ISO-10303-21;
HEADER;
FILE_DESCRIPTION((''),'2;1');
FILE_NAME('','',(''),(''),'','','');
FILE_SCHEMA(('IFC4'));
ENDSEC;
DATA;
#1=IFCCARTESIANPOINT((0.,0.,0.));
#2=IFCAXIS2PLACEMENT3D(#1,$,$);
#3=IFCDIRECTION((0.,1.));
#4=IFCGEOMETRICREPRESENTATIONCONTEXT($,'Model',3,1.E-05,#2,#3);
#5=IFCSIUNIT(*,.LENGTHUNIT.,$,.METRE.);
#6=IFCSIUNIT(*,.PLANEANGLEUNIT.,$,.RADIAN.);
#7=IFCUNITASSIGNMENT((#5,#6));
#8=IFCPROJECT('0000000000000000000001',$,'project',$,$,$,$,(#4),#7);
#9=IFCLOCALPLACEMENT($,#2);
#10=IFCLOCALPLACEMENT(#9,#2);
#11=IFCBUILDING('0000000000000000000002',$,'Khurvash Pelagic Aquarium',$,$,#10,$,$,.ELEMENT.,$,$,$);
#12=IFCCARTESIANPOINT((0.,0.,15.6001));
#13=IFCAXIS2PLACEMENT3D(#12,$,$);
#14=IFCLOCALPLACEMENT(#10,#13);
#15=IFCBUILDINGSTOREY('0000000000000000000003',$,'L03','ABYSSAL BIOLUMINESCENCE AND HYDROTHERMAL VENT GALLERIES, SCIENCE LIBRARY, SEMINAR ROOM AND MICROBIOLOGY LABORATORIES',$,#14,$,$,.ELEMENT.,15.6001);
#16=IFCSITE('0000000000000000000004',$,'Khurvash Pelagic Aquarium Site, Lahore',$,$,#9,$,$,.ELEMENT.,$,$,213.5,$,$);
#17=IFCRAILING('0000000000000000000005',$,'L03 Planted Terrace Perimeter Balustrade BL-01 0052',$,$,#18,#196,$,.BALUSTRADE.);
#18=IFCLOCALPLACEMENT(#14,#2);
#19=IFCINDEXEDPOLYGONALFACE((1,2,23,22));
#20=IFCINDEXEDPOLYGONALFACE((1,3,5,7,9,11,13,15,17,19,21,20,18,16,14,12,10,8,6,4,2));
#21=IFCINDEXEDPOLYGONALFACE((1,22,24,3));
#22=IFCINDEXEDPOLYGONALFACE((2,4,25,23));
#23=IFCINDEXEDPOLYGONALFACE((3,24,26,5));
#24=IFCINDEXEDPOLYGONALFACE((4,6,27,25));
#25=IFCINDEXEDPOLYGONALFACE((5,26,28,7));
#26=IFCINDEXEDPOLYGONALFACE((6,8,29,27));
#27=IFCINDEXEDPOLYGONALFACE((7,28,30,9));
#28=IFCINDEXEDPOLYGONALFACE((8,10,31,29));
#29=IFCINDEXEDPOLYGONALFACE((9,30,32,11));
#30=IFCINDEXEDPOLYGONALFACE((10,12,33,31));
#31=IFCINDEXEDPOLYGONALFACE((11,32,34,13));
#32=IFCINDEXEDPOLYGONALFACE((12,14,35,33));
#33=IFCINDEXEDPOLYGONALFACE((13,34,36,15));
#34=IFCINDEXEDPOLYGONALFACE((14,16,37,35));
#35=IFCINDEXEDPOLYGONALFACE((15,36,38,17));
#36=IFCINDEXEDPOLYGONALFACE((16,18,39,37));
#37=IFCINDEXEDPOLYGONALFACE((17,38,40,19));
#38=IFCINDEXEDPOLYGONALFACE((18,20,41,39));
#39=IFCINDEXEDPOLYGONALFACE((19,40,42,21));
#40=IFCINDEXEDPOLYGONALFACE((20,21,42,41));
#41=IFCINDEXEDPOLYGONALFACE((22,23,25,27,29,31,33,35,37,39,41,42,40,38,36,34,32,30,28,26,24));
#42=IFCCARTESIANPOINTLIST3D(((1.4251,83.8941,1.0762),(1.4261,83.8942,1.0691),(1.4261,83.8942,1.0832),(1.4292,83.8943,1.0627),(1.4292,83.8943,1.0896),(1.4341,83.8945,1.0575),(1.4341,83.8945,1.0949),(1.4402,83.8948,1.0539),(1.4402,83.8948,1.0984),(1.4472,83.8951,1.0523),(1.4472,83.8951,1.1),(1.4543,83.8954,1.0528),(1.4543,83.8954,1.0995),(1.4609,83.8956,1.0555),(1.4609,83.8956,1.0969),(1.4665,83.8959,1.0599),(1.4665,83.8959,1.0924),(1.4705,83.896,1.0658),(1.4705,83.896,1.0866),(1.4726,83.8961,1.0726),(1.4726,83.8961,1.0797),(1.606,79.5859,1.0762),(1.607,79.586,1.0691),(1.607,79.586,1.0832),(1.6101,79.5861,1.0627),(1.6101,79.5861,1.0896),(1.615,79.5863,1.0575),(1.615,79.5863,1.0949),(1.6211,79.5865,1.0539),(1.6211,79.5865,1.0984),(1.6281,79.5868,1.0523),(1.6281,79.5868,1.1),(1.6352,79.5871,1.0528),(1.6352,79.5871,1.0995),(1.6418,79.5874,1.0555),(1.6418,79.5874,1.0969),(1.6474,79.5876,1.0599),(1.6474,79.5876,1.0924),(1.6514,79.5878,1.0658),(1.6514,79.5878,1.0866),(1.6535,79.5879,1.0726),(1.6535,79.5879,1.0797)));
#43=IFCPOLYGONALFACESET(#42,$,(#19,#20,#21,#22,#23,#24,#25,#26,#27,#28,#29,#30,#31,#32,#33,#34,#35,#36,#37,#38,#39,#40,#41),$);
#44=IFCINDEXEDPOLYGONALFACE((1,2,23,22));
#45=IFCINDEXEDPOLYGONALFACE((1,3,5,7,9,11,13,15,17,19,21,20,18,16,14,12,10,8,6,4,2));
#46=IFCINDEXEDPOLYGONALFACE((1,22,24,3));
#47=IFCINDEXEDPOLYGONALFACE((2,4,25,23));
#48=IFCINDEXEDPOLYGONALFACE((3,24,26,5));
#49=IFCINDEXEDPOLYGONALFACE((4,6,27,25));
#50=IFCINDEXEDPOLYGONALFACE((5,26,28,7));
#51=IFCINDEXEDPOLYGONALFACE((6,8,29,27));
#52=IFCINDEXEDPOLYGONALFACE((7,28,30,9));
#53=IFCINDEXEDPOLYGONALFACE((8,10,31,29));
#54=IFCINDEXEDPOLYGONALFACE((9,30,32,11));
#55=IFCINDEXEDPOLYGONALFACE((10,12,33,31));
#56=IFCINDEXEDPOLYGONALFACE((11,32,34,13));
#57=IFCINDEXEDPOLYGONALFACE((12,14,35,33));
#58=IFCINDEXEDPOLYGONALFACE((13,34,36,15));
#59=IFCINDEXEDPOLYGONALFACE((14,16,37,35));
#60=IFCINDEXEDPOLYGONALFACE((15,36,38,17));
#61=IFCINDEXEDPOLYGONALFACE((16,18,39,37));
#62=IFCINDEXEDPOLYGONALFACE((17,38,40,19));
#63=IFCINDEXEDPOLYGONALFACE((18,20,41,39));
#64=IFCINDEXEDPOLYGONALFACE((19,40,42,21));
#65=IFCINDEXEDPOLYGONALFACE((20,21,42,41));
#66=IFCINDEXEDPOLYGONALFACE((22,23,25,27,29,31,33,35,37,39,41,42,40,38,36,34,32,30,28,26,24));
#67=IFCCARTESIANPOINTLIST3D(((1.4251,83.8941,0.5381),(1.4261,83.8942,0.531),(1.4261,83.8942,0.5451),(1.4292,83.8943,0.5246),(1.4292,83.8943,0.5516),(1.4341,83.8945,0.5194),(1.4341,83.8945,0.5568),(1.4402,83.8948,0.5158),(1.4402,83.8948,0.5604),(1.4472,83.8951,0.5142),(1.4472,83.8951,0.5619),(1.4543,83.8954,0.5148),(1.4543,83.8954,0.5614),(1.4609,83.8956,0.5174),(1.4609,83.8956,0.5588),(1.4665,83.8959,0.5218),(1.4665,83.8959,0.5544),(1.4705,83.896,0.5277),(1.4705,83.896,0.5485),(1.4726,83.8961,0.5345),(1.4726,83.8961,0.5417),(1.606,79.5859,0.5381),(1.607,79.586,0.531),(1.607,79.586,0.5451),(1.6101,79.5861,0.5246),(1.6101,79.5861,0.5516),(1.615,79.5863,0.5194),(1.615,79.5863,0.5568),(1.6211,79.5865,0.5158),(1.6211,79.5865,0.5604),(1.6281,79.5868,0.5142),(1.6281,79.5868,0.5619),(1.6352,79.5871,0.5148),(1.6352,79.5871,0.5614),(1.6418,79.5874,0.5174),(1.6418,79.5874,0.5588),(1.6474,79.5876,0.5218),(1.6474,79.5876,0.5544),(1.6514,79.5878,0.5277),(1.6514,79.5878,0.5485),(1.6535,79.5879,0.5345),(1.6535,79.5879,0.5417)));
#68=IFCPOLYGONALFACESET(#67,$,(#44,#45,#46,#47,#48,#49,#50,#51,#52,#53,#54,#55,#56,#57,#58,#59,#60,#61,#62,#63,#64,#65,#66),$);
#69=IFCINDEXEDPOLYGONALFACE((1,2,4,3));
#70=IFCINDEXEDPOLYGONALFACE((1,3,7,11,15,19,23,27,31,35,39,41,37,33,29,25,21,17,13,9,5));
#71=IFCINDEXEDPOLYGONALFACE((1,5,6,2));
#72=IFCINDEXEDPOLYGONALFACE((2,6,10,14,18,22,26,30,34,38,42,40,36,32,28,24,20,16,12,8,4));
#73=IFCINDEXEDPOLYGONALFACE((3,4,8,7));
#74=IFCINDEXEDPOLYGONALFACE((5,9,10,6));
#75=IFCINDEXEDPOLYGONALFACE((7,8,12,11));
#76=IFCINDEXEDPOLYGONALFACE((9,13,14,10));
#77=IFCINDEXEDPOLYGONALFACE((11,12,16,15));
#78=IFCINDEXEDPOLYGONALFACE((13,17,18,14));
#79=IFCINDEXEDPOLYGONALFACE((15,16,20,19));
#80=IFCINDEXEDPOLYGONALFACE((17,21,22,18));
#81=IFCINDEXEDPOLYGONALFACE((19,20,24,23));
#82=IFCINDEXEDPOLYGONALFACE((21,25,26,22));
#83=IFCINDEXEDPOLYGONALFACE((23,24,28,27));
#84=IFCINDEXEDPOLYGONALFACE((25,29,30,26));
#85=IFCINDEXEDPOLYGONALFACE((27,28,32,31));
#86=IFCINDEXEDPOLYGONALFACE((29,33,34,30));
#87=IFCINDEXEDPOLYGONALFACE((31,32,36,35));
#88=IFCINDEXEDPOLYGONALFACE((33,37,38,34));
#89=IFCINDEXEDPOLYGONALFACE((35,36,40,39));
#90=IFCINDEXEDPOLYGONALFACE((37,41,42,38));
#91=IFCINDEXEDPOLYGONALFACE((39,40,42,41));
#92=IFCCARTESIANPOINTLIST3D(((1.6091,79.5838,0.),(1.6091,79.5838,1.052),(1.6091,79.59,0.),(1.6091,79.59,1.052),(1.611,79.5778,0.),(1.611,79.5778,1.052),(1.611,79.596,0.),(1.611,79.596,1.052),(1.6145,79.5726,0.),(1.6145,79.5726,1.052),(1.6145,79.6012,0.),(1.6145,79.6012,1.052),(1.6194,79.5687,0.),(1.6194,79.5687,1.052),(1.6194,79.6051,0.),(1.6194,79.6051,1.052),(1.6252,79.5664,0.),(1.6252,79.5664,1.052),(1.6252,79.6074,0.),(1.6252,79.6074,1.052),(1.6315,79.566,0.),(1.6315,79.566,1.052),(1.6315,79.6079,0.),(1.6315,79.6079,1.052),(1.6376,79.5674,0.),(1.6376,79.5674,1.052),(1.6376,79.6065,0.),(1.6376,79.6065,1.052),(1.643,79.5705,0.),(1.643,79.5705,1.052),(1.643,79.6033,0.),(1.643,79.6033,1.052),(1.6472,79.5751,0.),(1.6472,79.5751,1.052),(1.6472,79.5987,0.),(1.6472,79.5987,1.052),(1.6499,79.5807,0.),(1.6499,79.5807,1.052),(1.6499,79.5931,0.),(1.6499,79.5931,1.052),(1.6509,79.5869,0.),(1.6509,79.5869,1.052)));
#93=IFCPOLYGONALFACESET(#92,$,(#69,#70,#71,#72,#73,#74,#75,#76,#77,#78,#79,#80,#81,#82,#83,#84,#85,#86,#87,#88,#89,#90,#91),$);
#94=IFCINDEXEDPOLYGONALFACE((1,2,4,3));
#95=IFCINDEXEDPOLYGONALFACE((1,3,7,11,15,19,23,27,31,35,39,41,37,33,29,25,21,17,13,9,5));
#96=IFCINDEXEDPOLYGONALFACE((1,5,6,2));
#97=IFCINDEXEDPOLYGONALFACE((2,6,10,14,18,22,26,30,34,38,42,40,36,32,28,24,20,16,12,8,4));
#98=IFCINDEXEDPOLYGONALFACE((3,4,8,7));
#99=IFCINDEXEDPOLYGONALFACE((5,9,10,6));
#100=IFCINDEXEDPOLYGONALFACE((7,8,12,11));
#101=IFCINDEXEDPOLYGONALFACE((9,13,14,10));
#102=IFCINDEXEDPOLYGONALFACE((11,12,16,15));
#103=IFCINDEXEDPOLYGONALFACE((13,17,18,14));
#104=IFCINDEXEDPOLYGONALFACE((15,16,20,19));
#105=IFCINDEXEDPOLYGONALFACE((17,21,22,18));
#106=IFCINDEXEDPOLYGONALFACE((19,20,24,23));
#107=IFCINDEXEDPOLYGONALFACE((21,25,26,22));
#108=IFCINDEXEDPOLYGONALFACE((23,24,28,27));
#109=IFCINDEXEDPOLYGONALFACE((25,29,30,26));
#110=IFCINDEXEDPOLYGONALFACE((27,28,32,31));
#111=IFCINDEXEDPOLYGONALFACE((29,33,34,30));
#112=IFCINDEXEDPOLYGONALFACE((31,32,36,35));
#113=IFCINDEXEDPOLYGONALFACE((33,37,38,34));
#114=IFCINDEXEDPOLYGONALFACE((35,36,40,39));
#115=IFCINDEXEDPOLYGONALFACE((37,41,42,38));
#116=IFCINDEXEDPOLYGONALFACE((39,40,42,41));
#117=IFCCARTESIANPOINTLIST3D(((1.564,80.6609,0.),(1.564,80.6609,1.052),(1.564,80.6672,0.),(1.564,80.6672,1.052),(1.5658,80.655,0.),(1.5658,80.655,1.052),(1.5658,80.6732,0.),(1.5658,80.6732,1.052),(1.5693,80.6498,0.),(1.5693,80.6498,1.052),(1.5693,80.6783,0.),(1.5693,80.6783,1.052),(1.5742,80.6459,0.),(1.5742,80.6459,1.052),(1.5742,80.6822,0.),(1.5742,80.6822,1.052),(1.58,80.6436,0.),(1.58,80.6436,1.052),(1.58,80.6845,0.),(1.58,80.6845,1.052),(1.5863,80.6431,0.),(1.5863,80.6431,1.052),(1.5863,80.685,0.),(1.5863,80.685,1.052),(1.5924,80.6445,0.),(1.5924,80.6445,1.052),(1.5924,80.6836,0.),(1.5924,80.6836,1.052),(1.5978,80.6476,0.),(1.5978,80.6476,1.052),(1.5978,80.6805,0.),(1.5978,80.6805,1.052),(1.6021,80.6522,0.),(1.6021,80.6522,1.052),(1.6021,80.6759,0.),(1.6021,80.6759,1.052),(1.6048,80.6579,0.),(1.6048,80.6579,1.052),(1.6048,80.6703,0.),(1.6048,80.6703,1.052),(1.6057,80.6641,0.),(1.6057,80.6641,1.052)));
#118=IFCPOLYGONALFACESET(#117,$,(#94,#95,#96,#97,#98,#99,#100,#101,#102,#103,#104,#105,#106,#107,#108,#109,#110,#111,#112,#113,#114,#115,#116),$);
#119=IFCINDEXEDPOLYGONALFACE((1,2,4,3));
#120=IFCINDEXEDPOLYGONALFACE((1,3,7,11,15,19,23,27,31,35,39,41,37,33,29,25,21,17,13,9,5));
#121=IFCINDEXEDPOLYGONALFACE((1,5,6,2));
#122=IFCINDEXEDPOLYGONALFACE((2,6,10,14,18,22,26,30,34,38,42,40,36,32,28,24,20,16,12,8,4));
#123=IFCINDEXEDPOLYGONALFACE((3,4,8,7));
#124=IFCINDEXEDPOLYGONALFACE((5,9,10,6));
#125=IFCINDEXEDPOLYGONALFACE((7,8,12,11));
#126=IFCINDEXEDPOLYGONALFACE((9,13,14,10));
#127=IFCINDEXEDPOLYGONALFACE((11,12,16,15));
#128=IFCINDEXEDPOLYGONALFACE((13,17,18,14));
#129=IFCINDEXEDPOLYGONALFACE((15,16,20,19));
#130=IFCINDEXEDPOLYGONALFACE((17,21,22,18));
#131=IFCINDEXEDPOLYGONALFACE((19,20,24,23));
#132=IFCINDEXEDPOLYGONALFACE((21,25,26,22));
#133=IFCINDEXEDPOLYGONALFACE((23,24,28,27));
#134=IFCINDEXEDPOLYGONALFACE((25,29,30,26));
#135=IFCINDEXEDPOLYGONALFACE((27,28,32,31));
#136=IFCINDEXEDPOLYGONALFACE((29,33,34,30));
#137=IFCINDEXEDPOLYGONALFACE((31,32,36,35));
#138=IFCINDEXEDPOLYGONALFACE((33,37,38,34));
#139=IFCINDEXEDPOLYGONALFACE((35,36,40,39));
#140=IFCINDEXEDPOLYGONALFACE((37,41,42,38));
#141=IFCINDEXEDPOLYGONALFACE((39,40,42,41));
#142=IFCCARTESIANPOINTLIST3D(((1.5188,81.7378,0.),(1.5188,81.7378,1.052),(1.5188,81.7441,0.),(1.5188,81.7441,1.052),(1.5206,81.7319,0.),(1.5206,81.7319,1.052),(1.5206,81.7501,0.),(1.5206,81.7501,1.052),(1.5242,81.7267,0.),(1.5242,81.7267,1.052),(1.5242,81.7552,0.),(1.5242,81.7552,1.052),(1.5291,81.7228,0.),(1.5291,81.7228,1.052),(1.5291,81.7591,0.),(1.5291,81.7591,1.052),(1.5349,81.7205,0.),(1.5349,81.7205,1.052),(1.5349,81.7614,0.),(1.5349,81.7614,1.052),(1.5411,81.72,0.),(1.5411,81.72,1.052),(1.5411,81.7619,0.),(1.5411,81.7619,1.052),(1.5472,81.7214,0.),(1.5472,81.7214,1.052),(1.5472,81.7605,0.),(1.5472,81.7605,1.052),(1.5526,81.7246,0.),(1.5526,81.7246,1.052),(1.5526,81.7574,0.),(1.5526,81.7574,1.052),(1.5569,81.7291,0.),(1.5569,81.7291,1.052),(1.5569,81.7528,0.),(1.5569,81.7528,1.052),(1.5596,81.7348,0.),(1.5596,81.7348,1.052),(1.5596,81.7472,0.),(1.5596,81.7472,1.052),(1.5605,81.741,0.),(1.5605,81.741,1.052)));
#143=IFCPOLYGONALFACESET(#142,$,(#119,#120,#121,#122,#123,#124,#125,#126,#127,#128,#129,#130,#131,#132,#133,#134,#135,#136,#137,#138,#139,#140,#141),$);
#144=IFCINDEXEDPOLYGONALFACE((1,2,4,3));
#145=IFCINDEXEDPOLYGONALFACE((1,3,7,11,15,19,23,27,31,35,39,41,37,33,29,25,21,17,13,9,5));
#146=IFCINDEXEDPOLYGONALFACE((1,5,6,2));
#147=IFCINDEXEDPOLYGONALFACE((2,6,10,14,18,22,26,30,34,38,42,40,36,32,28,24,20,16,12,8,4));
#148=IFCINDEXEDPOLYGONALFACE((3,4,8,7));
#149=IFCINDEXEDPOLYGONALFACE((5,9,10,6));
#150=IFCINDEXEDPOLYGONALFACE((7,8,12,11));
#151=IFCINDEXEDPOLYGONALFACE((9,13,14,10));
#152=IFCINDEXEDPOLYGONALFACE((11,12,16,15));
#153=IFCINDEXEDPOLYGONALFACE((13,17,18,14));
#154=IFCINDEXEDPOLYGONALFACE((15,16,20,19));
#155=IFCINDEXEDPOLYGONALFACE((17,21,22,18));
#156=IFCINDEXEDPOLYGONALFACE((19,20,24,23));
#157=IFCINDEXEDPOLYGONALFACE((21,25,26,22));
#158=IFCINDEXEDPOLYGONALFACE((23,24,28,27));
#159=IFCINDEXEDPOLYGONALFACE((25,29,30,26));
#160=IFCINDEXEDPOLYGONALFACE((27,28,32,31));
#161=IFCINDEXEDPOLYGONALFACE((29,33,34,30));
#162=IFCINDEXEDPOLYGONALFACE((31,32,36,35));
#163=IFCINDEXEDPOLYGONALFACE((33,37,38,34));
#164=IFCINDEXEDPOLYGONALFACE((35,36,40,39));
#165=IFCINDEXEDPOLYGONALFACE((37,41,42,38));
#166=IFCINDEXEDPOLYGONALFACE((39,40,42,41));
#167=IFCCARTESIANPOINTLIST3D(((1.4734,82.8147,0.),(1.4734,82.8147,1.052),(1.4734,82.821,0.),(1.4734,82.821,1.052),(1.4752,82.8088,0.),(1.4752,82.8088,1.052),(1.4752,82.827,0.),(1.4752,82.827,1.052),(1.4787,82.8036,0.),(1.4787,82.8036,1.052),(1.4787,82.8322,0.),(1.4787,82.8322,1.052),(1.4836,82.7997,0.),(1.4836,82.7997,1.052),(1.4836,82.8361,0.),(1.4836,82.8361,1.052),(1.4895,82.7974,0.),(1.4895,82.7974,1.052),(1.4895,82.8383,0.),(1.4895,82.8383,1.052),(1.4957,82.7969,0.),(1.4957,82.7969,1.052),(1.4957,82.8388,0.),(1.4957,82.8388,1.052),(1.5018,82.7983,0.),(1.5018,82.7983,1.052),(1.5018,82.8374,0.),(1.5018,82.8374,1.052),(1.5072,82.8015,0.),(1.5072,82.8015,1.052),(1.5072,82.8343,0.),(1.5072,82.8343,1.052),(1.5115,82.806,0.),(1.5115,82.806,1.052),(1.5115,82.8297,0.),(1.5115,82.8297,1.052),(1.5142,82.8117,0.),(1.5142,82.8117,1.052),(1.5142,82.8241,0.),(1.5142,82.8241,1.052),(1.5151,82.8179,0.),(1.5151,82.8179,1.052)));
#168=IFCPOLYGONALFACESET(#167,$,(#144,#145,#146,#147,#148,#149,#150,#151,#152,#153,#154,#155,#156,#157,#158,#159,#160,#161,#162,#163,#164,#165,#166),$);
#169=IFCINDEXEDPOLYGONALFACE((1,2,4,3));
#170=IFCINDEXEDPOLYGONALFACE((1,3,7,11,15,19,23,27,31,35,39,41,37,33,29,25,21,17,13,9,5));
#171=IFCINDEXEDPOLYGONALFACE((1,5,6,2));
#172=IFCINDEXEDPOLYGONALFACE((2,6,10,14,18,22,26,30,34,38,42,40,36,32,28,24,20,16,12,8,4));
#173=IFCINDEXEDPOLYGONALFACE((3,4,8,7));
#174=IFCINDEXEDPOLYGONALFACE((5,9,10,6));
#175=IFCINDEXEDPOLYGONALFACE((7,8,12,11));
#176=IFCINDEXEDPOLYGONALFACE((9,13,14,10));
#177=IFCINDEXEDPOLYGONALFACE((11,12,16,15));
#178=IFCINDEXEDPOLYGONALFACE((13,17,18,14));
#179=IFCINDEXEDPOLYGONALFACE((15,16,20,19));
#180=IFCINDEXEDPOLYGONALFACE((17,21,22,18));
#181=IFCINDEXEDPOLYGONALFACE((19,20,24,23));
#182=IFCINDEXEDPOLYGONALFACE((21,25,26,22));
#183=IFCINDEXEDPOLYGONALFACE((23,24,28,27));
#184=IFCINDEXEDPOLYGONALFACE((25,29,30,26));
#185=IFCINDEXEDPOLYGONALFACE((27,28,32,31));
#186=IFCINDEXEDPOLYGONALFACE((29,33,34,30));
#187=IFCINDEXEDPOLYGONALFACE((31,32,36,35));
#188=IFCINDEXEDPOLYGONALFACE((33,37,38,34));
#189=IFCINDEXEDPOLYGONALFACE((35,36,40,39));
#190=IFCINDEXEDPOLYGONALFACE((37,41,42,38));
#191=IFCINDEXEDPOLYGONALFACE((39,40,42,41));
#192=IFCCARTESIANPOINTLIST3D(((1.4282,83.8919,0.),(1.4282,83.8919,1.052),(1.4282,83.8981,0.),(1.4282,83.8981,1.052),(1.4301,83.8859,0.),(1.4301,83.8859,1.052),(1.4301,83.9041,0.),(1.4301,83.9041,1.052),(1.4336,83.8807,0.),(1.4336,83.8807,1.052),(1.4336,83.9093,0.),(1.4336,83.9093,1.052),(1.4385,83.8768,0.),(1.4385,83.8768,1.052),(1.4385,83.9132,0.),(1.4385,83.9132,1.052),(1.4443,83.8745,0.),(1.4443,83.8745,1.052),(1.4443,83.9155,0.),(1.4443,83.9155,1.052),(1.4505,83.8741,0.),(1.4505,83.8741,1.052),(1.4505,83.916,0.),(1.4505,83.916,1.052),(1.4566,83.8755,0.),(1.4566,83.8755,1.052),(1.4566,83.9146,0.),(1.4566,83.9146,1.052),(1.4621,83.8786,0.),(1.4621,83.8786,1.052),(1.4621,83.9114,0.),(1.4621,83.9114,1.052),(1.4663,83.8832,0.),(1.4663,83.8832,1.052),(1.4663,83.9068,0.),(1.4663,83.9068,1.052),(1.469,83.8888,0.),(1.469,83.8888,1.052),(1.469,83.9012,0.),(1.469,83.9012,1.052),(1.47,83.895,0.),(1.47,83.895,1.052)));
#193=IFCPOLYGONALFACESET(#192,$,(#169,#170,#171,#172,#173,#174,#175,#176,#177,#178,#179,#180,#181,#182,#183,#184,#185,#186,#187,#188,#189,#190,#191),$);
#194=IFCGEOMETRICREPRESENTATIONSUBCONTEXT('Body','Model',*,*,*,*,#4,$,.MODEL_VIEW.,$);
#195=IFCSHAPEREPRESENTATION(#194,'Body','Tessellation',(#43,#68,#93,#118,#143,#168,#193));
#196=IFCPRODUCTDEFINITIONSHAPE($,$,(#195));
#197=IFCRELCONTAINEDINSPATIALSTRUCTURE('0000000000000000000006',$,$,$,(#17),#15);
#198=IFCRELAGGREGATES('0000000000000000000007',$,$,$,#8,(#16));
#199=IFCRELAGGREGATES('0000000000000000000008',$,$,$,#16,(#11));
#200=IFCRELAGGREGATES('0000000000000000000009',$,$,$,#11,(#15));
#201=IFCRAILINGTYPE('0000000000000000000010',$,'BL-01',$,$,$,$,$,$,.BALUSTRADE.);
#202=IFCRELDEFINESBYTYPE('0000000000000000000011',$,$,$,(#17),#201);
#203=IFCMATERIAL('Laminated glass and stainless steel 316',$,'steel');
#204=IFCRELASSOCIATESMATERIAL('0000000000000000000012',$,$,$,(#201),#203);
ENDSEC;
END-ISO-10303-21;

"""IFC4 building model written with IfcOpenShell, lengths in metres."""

from ifc_helpers import new_model, si_unit, direction, frame, origin, origin_2d, place, context, subcontext, project, spatial, circle, extrude, material, type_object, element, save


model = new_model("IFC4")

# Units and contexts
model_context = context("Model", 3, precision=1e-05, world=origin(), true_north=direction((0.0, 1.0)))
body_context = subcontext(model_context, "Body", "Model", "MODEL_VIEW")
ifc_project = project(units=[si_unit("LENGTHUNIT", "METRE"), si_unit("PLANEANGLEUNIT", "RADIAN")], contexts=[model_context])

# Site, building, storey
site_placement = place(None, origin())
site = spatial("IfcSite", under=ifc_project, at=site_placement, Name="Khurvash Pelagic Aquarium Site, Lahore", CompositionType="ELEMENT", RefElevation=213.5)
building_placement = place(site_placement, origin())
building = spatial("IfcBuilding", under=site, at=building_placement, Name="Khurvash Pelagic Aquarium", CompositionType="ELEMENT")
storey_placement = place(building_placement, frame((0.0, 0.0, 15.6001)))
storey = spatial("IfcBuildingStorey", under=building, at=storey_placement, Name="L03", Description="ABYSSAL BIOLUMINESCENCE AND HYDROTHERMAL VENT GALLERIES, SCIENCE LIBRARY, SEMINAR ROOM AND MICROBIOLOGY LABORATORIES", CompositionType="ELEMENT", Elevation=15.6001)

# Railing
ifc_material_1 = material(Name="Laminated glass and stainless steel 316", Category="steel")
railing_type = type_object("IfcRailingType", Name="BL-01", PredefinedType="BALUSTRADE", material=ifc_material_1)
railing_1_placement = place(storey_placement, frame((1.6299, 79.5869, 0.0)))
element("IfcRailing", 1, at=railing_1_placement, inside=storey, type_object=railing_type, Name="L03 Planted Terrace Perimeter Balustrade BL-01 0052", PredefinedType="BALUSTRADE", context=body_context, shape_type="SweptSolid", body=[
    extrude(circle(Radius=0.0239, at=origin_2d()), frame((0.0, 0.0, 1.0762), z_axis=(-0.041956, 0.999119, 0.0), x_axis=(-0.999119, -0.041956, 0.0)), (0.0, 0.0, 1.0), 4.312),
    extrude(circle(Radius=0.0239, at=origin_2d()), frame((0.0, 0.0, 0.5381), z_axis=(-0.041956, 0.999119, 0.0), x_axis=(-0.999119, -0.041956, 0.0)), (0.0, 0.0, 1.0), 4.312),
    extrude(circle(Radius=0.021, at=origin_2d()), origin(), (0.0, 0.0, 1.0), 1.052),
    extrude(circle(Radius=0.021, at=origin_2d()), frame((-0.0452, 1.0771, 0.0)), (0.0, 0.0, 1.0), 1.052),
    extrude(circle(Radius=0.021, at=origin_2d()), frame((-0.0903, 2.1541, 0.0)), (0.0, 0.0, 1.0), 1.052),
    extrude(circle(Radius=0.021, at=origin_2d()), frame((-0.1357, 3.231, 0.0)), (0.0, 0.0, 1.0), 1.052),
    extrude(circle(Radius=0.021, at=origin_2d()), frame((-0.1809, 4.3081, 0.0)), (0.0, 0.0, 1.0), 1.052),
])

save(model, "model.ifc")
